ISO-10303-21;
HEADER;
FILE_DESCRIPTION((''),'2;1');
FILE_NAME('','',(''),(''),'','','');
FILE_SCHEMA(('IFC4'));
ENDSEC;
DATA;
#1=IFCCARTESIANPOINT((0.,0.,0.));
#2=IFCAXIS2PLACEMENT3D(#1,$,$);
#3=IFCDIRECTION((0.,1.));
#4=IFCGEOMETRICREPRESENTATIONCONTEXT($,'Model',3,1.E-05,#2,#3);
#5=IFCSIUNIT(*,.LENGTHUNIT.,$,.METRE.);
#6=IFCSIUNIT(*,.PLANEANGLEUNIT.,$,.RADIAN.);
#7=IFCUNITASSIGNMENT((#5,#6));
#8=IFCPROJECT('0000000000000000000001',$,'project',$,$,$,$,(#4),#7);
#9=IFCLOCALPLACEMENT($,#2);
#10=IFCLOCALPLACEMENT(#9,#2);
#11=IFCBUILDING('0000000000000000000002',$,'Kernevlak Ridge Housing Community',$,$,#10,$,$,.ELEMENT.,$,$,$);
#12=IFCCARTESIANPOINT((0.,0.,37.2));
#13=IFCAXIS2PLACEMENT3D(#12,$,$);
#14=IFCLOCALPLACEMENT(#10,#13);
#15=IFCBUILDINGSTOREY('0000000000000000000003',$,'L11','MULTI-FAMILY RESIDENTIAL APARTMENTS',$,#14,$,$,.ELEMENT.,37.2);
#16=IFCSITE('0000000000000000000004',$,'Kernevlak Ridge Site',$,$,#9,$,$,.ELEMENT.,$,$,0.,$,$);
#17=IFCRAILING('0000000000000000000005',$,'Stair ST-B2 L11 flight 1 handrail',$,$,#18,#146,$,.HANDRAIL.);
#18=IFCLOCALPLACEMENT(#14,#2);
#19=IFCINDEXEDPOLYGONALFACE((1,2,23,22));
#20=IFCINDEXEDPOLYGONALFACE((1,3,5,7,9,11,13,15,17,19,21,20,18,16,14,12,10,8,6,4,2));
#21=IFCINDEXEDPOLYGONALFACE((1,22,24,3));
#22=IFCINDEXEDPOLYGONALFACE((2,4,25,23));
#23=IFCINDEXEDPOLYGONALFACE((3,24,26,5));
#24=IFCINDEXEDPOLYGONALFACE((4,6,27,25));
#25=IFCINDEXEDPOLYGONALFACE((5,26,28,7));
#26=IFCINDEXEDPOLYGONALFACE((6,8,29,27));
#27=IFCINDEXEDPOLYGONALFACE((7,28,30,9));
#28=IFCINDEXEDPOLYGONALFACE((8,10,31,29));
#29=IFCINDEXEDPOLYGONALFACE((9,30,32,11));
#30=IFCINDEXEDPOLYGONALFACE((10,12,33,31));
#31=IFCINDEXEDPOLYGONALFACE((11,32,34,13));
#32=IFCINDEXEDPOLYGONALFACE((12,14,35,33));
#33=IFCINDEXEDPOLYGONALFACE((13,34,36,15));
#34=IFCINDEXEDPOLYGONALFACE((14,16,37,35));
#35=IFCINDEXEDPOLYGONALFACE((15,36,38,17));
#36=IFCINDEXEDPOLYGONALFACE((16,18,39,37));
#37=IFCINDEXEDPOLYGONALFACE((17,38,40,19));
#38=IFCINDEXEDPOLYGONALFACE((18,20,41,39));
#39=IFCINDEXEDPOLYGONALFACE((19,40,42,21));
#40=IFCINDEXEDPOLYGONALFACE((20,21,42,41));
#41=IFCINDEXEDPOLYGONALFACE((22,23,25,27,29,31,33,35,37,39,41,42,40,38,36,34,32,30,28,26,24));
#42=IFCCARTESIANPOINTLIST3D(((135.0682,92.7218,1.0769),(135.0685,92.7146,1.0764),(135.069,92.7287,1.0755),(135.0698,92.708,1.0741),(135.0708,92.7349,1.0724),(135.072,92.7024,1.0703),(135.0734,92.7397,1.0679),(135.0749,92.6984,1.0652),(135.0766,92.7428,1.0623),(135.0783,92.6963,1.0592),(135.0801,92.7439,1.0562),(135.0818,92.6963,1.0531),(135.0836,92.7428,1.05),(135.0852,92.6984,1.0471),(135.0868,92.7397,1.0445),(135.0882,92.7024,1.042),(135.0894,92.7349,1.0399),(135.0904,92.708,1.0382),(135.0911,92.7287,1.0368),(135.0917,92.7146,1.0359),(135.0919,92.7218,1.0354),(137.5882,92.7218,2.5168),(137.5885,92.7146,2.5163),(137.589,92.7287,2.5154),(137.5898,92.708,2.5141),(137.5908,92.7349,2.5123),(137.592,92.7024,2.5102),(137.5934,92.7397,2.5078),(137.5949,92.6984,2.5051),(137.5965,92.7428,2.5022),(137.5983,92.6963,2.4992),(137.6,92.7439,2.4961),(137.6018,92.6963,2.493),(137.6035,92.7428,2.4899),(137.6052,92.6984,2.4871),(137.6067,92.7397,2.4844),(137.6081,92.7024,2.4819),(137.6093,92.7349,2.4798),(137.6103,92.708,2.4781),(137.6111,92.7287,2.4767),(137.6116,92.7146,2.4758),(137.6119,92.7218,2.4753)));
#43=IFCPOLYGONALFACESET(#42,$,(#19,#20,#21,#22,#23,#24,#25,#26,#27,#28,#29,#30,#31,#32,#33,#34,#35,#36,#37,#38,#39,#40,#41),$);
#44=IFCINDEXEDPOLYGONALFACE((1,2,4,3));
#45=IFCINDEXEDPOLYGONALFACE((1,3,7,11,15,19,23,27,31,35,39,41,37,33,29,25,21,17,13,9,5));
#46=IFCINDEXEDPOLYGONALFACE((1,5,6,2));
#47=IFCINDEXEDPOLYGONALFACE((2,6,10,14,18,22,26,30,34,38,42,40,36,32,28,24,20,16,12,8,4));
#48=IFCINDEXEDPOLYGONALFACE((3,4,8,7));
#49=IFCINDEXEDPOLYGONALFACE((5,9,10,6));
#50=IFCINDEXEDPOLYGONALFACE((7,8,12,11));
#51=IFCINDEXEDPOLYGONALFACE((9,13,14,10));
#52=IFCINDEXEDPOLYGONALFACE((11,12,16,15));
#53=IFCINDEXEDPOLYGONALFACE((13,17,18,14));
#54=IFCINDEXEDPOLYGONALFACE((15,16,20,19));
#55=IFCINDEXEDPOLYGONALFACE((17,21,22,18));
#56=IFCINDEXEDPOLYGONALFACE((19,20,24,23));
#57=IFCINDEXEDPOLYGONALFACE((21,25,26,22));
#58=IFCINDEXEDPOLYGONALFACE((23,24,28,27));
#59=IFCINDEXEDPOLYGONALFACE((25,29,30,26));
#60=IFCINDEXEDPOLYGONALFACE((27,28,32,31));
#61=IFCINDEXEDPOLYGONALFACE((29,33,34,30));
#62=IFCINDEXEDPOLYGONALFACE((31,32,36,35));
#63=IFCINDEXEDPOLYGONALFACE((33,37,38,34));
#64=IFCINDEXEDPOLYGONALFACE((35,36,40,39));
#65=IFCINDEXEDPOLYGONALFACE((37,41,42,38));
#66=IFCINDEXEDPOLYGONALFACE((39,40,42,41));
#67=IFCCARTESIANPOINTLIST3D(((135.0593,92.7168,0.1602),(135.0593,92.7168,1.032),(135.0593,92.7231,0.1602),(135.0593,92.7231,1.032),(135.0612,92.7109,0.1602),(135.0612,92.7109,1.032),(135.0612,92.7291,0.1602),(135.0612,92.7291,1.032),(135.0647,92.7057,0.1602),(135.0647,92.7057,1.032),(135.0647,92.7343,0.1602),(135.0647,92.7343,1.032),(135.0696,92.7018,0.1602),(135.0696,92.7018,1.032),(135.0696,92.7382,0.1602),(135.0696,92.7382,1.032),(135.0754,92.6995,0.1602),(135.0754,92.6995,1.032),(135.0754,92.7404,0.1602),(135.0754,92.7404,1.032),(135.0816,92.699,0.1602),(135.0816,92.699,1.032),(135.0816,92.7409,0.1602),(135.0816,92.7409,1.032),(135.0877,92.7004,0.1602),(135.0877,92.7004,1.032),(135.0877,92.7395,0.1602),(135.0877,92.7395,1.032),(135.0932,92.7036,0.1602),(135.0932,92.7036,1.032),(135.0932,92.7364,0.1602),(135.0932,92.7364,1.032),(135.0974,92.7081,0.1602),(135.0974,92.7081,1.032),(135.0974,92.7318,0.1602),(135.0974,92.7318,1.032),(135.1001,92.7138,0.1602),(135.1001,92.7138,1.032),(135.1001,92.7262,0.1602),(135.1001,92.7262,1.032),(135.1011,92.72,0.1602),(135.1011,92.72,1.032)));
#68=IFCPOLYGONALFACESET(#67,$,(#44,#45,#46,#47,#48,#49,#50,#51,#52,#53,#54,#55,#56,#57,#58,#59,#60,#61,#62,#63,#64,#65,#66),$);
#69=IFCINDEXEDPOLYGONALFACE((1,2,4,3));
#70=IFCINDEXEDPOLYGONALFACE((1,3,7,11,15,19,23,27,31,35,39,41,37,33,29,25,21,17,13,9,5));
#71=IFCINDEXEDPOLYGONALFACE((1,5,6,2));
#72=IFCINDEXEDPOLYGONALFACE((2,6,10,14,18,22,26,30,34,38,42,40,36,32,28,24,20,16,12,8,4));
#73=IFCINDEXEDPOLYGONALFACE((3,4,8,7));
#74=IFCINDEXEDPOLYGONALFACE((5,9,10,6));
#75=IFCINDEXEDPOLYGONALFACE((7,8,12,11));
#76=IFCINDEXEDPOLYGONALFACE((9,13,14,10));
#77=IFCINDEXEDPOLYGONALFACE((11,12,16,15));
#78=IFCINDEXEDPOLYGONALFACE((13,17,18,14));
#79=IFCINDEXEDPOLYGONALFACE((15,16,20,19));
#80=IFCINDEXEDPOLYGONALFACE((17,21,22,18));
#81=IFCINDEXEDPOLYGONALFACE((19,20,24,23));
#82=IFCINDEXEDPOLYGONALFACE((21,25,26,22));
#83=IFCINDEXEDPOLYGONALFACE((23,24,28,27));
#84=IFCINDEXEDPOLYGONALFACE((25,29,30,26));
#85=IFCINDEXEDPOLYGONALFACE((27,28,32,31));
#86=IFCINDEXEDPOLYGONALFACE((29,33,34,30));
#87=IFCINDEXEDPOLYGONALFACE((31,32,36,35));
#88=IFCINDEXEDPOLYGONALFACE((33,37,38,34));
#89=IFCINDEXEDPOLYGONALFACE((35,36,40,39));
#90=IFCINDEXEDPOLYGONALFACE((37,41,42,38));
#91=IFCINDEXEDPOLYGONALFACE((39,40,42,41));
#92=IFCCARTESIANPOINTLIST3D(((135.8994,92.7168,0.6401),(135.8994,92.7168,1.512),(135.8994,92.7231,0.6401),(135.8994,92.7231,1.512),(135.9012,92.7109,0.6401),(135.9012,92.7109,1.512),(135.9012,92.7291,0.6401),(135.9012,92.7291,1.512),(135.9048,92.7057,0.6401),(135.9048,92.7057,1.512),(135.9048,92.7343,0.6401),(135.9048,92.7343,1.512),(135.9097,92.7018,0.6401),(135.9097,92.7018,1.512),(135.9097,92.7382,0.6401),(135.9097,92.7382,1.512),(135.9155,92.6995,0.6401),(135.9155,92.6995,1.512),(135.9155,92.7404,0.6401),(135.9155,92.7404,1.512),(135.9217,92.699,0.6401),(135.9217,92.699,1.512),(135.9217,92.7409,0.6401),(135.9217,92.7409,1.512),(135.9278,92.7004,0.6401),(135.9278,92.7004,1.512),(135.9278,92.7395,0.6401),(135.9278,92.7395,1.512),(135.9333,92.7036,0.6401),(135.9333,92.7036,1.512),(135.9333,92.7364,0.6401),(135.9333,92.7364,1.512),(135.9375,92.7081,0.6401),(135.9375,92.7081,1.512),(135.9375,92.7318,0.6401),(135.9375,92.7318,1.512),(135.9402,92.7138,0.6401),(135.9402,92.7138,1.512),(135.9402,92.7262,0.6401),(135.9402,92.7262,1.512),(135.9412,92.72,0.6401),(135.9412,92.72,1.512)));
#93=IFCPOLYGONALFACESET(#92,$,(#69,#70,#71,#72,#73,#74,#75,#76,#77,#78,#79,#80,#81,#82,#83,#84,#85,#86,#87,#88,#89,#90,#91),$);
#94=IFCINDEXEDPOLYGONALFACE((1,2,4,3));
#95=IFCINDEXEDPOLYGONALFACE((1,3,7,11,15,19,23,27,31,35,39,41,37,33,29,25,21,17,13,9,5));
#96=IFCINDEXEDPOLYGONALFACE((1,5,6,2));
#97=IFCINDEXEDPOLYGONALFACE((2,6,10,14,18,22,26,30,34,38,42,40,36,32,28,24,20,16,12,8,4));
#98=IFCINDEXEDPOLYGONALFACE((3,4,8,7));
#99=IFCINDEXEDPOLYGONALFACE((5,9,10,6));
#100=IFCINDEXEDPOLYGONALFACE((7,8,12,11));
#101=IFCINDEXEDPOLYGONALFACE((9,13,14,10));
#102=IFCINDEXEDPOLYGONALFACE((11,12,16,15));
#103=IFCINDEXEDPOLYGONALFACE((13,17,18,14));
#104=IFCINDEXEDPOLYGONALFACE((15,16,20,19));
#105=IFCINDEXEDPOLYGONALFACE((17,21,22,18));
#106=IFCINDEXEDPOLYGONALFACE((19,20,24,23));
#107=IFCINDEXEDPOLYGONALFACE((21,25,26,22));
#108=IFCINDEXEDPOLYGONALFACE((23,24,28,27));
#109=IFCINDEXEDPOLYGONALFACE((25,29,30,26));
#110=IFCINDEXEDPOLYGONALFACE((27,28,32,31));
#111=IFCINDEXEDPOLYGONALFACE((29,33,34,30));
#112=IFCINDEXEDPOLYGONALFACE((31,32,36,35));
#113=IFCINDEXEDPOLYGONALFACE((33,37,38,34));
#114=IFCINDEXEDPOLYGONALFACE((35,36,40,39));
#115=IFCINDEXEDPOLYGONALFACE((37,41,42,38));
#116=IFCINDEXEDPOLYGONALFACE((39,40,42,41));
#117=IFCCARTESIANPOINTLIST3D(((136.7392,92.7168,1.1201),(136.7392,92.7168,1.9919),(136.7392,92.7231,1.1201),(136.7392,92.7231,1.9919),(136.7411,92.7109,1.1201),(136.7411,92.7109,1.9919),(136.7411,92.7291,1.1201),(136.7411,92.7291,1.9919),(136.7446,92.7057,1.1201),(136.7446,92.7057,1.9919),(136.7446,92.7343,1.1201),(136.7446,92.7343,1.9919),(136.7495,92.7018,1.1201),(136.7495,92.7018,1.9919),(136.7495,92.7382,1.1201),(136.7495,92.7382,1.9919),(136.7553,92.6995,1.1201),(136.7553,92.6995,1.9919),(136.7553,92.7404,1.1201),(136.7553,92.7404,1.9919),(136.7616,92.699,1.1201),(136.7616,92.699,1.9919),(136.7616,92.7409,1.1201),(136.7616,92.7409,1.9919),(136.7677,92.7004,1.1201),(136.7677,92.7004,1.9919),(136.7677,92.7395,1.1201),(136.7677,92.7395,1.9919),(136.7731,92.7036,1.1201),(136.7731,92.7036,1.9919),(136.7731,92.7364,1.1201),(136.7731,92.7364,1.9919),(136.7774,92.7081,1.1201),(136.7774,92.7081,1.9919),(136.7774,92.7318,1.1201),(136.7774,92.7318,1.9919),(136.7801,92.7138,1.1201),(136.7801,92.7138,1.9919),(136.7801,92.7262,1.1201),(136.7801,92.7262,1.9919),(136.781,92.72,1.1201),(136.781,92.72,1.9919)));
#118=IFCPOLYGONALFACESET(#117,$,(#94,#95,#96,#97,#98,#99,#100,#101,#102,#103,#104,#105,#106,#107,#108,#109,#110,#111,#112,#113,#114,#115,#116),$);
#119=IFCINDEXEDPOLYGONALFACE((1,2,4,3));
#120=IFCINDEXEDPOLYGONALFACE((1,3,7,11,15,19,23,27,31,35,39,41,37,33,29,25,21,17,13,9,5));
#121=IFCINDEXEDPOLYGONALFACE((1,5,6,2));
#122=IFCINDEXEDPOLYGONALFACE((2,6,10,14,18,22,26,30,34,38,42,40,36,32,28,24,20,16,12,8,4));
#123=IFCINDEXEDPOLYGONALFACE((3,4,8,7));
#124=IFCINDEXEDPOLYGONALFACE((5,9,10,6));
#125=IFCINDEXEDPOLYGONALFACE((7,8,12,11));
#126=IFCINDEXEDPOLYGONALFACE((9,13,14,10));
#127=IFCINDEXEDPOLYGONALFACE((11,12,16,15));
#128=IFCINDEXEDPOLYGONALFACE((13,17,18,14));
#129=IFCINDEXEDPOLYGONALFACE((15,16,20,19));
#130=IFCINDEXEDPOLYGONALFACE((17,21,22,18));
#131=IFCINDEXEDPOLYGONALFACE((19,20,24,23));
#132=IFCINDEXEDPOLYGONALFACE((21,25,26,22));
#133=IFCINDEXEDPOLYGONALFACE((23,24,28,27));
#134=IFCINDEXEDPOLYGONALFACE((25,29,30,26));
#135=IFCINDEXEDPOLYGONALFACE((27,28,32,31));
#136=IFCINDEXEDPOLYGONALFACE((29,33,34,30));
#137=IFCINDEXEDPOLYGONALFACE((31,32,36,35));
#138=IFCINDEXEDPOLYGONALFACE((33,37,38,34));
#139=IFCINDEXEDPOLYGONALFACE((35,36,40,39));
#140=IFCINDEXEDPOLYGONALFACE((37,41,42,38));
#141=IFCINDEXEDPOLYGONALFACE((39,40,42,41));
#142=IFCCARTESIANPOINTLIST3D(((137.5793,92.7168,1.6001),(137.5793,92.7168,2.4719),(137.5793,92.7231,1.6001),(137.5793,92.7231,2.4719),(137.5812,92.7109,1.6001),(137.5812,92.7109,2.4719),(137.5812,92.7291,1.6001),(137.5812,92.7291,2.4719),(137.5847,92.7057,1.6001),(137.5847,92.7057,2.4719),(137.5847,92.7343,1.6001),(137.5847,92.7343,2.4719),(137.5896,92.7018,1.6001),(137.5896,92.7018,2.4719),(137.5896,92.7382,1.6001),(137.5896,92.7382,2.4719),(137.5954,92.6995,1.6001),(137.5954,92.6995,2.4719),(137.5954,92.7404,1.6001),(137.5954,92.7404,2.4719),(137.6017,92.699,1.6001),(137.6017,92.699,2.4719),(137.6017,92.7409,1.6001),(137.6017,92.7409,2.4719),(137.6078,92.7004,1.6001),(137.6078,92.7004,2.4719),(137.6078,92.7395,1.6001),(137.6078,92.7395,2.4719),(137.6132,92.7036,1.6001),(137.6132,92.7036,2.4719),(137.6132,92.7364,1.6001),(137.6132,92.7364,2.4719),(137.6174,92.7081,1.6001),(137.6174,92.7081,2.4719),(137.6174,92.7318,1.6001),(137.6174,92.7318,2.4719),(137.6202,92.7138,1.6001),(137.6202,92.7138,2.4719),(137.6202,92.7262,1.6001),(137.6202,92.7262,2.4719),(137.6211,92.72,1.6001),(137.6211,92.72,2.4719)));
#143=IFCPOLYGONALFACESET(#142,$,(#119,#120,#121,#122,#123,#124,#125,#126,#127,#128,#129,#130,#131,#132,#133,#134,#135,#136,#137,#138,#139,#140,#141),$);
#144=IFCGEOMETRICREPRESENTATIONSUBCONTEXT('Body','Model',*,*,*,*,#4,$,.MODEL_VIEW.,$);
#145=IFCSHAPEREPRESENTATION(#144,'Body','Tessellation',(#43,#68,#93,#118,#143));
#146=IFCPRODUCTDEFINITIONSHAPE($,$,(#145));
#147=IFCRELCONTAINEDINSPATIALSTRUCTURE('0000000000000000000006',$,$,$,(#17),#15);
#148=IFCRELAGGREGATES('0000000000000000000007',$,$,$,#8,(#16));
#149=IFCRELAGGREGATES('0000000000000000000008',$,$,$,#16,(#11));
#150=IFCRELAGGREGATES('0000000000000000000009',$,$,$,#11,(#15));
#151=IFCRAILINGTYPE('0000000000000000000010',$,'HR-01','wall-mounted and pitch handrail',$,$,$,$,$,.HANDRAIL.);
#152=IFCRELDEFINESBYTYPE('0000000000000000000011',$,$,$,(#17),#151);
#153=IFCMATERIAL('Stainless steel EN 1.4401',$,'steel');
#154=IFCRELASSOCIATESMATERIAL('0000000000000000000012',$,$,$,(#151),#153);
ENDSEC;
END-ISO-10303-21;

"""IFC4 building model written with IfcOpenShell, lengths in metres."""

from ifc_helpers import new_model, si_unit, direction, frame, origin, origin_2d, place, context, subcontext, project, spatial, circle, extrude, material, type_object, element, save


model = new_model("IFC4")

# Units and contexts
model_context = context("Model", 3, precision=1e-05, world=origin(), true_north=direction((0.0, 1.0)))
body_context = subcontext(model_context, "Body", "Model", "MODEL_VIEW")
ifc_project = project(units=[si_unit("LENGTHUNIT", "METRE"), si_unit("PLANEANGLEUNIT", "RADIAN")], contexts=[model_context])

# Site, building, storey
site_placement = place(None, origin())
site = spatial("IfcSite", under=ifc_project, at=site_placement, Name="Kernevlak Ridge Site", CompositionType="ELEMENT", RefElevation=0.0)
building_placement = place(site_placement, origin())
building = spatial("IfcBuilding", under=site, at=building_placement, Name="Kernevlak Ridge Housing Community", CompositionType="ELEMENT")
storey_placement = place(building_placement, frame((0.0, 0.0, 37.2)))
storey = spatial("IfcBuildingStorey", under=building, at=storey_placement, Name="L11", Description="MULTI-FAMILY RESIDENTIAL APARTMENTS", CompositionType="ELEMENT", Elevation=37.2)

# Railing
ifc_material_1 = material(Name="Stainless steel EN 1.4401", Category="steel")
railing_type_1 = type_object("IfcRailingType", Name="HR-01", Description="wall-mounted and pitch handrail", PredefinedType="HANDRAIL", material=ifc_material_1)
railing_1_placement = place(storey_placement, frame((135.0801, 92.72, 0.1602)))
element("IfcRailing", 1, at=railing_1_placement, inside=storey, type_object=railing_type_1, Name="Stair ST-B2 L11 flight 1 handrail", PredefinedType="HANDRAIL", context=body_context, shape_type="SweptSolid", body=[
    extrude(circle(Radius=0.0239, at=origin_2d()), frame((0.0, 0.0, 0.896), z_axis=(0.868253, 0.0, 0.496121), x_axis=(0.0, 1.0, 0.0)), (0.0, 0.0, 1.0), 2.9023),
    extrude(circle(Radius=0.021, at=origin_2d()), origin(), (0.0, 0.0, 1.0), 0.8718),
    extrude(circle(Radius=0.021, at=origin_2d()), frame((0.8401, 0.0, 0.48)), (0.0, 0.0, 1.0), 0.8718),
    extrude(circle(Radius=0.021, at=origin_2d()), frame((1.6799, 0.0, 0.96)), (0.0, 0.0, 1.0), 0.8718),
    extrude(circle(Radius=0.021, at=origin_2d()), frame((2.52, 0.0, 1.4399)), (0.0, 0.0, 1.0), 0.8718),
])

save(model, "model.ifc")
